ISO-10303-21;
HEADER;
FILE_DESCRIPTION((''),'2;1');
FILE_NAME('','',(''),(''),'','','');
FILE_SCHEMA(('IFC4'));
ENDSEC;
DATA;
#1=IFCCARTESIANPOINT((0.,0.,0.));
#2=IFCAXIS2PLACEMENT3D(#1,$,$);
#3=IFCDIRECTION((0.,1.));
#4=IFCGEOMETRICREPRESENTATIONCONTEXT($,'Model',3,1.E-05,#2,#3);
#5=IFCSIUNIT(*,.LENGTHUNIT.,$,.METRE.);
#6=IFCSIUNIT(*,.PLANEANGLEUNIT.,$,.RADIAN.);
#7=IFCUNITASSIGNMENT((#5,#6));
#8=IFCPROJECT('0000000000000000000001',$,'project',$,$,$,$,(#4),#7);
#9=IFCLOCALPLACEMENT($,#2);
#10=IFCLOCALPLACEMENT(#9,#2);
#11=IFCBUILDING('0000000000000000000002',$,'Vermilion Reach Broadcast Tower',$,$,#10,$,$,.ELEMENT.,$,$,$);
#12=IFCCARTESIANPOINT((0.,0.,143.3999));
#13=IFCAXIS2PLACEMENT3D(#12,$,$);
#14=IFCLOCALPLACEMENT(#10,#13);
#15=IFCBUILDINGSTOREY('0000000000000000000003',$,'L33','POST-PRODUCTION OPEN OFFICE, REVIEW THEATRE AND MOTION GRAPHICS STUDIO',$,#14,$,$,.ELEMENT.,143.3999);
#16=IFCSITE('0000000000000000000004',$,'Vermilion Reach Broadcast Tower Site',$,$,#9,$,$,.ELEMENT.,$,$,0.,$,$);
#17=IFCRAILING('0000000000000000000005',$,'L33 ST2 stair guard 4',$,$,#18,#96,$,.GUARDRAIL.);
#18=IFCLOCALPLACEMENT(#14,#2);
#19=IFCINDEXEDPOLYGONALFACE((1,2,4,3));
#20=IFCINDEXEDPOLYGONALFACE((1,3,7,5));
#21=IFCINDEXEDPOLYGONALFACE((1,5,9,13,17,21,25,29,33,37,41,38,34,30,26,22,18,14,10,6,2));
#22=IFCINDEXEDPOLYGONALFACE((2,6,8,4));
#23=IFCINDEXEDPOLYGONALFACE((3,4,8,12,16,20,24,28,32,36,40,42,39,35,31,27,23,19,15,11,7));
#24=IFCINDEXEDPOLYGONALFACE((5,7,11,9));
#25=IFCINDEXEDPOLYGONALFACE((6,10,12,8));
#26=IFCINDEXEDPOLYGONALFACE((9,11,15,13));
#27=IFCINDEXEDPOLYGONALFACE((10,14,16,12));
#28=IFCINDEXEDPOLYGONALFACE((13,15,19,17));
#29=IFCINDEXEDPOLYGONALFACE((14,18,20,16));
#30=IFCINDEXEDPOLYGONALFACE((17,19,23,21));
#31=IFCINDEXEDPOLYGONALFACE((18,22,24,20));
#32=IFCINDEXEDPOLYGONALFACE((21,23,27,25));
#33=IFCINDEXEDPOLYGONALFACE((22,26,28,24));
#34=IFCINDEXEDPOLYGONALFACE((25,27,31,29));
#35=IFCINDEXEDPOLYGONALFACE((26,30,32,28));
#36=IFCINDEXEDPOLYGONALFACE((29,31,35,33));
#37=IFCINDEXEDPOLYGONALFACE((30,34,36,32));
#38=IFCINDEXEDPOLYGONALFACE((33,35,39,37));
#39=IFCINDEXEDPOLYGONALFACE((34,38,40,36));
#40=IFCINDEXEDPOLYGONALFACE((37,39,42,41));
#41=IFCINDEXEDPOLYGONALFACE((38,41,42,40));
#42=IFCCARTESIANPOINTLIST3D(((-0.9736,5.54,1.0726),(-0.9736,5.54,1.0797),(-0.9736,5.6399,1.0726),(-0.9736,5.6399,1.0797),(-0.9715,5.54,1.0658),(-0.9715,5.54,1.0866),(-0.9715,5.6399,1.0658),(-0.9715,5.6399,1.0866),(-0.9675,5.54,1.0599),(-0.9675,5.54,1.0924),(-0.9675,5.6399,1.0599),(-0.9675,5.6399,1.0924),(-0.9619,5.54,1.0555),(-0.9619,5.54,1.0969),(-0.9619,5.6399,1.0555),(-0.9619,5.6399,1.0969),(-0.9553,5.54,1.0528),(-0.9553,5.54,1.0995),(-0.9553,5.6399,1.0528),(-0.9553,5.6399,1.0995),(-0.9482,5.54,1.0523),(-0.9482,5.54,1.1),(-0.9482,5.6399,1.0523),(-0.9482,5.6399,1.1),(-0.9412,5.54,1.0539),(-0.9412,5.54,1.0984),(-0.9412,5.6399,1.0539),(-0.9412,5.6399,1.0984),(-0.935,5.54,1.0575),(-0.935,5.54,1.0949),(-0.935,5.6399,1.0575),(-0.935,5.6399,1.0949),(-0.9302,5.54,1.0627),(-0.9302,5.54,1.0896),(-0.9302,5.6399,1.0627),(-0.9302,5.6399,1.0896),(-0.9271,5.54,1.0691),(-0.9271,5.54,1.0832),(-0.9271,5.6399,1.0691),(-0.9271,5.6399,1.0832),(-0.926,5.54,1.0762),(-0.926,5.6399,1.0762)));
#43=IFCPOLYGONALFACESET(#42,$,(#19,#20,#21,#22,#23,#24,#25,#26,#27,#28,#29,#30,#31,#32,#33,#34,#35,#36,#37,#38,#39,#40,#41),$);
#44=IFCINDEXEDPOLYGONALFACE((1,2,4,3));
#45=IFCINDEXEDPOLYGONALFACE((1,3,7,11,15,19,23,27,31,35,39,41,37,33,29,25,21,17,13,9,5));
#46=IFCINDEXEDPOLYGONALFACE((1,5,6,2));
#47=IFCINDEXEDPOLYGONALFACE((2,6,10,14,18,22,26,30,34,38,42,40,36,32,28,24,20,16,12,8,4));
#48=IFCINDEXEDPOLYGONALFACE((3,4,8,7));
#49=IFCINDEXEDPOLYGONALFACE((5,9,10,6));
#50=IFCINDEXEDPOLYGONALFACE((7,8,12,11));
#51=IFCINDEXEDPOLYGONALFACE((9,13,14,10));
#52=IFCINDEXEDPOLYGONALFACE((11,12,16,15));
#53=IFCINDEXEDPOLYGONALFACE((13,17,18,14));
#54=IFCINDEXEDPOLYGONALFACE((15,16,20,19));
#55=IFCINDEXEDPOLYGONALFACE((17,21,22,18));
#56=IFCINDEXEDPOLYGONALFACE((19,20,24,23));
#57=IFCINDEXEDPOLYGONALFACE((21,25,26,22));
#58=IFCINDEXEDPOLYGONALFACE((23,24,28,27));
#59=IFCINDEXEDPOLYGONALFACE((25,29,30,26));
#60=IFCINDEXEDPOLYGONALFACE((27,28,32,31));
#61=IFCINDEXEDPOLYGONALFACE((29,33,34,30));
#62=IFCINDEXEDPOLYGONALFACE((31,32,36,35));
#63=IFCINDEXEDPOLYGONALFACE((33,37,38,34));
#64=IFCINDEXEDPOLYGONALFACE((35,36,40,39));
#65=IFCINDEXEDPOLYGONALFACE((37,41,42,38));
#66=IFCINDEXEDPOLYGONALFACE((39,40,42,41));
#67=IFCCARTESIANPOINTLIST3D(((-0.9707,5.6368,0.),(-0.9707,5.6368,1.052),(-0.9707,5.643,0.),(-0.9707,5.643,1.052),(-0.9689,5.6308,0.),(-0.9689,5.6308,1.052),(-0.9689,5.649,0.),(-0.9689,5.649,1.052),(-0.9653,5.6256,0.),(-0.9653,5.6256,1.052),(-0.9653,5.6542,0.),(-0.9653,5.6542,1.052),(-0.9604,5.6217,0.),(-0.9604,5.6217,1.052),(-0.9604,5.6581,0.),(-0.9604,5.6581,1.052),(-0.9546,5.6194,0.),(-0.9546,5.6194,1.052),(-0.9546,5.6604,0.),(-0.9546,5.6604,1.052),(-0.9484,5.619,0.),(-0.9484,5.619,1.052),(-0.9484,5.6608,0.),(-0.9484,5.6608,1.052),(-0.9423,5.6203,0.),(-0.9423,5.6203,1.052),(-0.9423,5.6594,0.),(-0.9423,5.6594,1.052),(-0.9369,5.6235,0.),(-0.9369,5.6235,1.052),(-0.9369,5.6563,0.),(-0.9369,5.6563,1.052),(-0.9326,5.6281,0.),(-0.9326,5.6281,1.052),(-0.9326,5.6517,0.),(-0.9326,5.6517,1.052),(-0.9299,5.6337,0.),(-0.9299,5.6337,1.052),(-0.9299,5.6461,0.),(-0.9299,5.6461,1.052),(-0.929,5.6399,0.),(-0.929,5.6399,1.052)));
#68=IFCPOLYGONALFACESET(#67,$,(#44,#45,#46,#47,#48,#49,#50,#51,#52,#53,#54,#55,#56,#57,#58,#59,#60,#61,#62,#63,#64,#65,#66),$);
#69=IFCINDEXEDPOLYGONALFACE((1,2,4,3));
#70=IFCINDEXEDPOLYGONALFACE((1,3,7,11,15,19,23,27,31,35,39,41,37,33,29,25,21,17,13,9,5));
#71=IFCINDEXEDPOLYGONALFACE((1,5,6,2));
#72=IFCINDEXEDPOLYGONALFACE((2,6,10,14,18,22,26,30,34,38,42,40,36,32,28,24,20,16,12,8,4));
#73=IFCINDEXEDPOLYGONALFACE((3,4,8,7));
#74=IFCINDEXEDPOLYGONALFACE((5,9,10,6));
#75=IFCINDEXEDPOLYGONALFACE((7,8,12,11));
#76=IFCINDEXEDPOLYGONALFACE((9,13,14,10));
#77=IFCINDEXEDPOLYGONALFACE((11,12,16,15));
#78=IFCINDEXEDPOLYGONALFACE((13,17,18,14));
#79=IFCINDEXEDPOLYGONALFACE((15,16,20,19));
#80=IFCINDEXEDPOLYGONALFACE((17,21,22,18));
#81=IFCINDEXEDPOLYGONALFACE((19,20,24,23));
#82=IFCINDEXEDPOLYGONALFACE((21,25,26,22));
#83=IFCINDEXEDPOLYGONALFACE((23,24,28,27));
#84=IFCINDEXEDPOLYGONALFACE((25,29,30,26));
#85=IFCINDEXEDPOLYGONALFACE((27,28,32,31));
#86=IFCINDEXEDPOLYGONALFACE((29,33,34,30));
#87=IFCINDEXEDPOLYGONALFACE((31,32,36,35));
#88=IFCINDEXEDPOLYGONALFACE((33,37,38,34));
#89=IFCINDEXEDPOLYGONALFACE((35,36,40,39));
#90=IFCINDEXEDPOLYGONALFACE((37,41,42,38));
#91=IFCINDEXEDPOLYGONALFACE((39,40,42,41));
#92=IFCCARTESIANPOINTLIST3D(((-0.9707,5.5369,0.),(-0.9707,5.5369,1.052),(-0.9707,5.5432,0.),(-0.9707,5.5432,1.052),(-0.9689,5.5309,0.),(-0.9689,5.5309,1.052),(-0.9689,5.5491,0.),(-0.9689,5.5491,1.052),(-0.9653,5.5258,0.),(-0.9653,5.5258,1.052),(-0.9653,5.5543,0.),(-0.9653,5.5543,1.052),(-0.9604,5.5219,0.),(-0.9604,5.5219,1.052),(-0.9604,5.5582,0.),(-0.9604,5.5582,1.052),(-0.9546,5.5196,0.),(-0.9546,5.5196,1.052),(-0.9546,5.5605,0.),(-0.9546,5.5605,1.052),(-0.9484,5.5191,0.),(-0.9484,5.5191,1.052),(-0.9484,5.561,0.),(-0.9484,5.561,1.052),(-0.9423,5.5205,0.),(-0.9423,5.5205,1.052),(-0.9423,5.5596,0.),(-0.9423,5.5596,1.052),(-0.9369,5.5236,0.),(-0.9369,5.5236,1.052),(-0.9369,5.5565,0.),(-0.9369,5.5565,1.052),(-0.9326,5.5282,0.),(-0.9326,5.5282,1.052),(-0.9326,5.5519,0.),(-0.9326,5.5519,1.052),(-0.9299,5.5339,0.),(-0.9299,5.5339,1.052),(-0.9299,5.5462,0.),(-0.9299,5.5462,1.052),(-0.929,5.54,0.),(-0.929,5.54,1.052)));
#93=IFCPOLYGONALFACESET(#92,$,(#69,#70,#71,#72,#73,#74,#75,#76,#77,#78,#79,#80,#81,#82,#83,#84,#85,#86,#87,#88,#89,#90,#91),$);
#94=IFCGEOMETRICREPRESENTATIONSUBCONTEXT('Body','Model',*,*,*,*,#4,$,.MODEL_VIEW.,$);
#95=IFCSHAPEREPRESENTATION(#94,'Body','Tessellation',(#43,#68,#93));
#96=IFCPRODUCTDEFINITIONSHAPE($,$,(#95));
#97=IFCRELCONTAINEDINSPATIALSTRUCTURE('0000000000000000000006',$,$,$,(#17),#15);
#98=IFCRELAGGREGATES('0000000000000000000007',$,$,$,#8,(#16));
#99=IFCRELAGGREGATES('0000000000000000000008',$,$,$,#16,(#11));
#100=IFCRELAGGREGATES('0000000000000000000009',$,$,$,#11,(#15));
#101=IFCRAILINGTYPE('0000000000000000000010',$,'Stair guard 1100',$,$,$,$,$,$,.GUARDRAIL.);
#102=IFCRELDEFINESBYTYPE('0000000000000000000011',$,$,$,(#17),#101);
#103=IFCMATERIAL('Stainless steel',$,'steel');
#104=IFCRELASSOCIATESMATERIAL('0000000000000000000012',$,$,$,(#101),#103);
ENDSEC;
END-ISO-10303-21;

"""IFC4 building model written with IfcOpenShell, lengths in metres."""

from ifc_helpers import new_model, si_unit, direction, frame, origin, origin_2d, place, context, subcontext, project, spatial, circle, extrude, material, type_object, element, save


model = new_model("IFC4")

# Units and contexts
model_context = context("Model", 3, precision=1e-05, world=origin(), true_north=direction((0.0, 1.0)))
body_context = subcontext(model_context, "Body", "Model", "MODEL_VIEW")
ifc_project = project(units=[si_unit("LENGTHUNIT", "METRE"), si_unit("PLANEANGLEUNIT", "RADIAN")], contexts=[model_context])

# Site, building, storey
site_placement = place(None, origin())
site = spatial("IfcSite", under=ifc_project, at=site_placement, Name="Vermilion Reach Broadcast Tower Site", CompositionType="ELEMENT", RefElevation=0.0)
building_placement = place(site_placement, origin())
building = spatial("IfcBuilding", under=site, at=building_placement, Name="Vermilion Reach Broadcast Tower", CompositionType="ELEMENT")
storey_placement = place(building_placement, frame((0.0, 0.0, 143.3999)))
storey = spatial("IfcBuildingStorey", under=building, at=storey_placement, Name="L33", Description="POST-PRODUCTION OPEN OFFICE, REVIEW THEATRE AND MOTION GRAPHICS STUDIO", CompositionType="ELEMENT", Elevation=143.3999)

# Railing
ifc_material_1 = material(Name="Stainless steel", Category="steel")
railing_type_1 = type_object("IfcRailingType", Name="Stair guard 1100", PredefinedType="GUARDRAIL", material=ifc_material_1)
railing_1_placement = place(storey_placement, frame((-0.95, 5.6399, 0.0)))
element("IfcRailing", 1, at=railing_1_placement, inside=storey, type_object=railing_type_1, Name="L33 ST2 stair guard 4", PredefinedType="GUARDRAIL", context=body_context, shape_type="SweptSolid", body=[
    extrude(circle(Radius=0.0239, at=origin_2d()), frame((0.0, 0.0, 1.0762), z_axis=(0.0, -1.0, 0.0), x_axis=(1.0, 0.0, 0.0)), (0.0, 0.0, 1.0), 0.0999),
    extrude(circle(Radius=0.021, at=origin_2d()), origin(), (0.0, 0.0, 1.0), 1.052),
    extrude(circle(Radius=0.021, at=origin_2d()), frame((0.0, -0.0999, 0.0)), (0.0, 0.0, 1.0), 1.052),
])

save(model, "model.ifc")
